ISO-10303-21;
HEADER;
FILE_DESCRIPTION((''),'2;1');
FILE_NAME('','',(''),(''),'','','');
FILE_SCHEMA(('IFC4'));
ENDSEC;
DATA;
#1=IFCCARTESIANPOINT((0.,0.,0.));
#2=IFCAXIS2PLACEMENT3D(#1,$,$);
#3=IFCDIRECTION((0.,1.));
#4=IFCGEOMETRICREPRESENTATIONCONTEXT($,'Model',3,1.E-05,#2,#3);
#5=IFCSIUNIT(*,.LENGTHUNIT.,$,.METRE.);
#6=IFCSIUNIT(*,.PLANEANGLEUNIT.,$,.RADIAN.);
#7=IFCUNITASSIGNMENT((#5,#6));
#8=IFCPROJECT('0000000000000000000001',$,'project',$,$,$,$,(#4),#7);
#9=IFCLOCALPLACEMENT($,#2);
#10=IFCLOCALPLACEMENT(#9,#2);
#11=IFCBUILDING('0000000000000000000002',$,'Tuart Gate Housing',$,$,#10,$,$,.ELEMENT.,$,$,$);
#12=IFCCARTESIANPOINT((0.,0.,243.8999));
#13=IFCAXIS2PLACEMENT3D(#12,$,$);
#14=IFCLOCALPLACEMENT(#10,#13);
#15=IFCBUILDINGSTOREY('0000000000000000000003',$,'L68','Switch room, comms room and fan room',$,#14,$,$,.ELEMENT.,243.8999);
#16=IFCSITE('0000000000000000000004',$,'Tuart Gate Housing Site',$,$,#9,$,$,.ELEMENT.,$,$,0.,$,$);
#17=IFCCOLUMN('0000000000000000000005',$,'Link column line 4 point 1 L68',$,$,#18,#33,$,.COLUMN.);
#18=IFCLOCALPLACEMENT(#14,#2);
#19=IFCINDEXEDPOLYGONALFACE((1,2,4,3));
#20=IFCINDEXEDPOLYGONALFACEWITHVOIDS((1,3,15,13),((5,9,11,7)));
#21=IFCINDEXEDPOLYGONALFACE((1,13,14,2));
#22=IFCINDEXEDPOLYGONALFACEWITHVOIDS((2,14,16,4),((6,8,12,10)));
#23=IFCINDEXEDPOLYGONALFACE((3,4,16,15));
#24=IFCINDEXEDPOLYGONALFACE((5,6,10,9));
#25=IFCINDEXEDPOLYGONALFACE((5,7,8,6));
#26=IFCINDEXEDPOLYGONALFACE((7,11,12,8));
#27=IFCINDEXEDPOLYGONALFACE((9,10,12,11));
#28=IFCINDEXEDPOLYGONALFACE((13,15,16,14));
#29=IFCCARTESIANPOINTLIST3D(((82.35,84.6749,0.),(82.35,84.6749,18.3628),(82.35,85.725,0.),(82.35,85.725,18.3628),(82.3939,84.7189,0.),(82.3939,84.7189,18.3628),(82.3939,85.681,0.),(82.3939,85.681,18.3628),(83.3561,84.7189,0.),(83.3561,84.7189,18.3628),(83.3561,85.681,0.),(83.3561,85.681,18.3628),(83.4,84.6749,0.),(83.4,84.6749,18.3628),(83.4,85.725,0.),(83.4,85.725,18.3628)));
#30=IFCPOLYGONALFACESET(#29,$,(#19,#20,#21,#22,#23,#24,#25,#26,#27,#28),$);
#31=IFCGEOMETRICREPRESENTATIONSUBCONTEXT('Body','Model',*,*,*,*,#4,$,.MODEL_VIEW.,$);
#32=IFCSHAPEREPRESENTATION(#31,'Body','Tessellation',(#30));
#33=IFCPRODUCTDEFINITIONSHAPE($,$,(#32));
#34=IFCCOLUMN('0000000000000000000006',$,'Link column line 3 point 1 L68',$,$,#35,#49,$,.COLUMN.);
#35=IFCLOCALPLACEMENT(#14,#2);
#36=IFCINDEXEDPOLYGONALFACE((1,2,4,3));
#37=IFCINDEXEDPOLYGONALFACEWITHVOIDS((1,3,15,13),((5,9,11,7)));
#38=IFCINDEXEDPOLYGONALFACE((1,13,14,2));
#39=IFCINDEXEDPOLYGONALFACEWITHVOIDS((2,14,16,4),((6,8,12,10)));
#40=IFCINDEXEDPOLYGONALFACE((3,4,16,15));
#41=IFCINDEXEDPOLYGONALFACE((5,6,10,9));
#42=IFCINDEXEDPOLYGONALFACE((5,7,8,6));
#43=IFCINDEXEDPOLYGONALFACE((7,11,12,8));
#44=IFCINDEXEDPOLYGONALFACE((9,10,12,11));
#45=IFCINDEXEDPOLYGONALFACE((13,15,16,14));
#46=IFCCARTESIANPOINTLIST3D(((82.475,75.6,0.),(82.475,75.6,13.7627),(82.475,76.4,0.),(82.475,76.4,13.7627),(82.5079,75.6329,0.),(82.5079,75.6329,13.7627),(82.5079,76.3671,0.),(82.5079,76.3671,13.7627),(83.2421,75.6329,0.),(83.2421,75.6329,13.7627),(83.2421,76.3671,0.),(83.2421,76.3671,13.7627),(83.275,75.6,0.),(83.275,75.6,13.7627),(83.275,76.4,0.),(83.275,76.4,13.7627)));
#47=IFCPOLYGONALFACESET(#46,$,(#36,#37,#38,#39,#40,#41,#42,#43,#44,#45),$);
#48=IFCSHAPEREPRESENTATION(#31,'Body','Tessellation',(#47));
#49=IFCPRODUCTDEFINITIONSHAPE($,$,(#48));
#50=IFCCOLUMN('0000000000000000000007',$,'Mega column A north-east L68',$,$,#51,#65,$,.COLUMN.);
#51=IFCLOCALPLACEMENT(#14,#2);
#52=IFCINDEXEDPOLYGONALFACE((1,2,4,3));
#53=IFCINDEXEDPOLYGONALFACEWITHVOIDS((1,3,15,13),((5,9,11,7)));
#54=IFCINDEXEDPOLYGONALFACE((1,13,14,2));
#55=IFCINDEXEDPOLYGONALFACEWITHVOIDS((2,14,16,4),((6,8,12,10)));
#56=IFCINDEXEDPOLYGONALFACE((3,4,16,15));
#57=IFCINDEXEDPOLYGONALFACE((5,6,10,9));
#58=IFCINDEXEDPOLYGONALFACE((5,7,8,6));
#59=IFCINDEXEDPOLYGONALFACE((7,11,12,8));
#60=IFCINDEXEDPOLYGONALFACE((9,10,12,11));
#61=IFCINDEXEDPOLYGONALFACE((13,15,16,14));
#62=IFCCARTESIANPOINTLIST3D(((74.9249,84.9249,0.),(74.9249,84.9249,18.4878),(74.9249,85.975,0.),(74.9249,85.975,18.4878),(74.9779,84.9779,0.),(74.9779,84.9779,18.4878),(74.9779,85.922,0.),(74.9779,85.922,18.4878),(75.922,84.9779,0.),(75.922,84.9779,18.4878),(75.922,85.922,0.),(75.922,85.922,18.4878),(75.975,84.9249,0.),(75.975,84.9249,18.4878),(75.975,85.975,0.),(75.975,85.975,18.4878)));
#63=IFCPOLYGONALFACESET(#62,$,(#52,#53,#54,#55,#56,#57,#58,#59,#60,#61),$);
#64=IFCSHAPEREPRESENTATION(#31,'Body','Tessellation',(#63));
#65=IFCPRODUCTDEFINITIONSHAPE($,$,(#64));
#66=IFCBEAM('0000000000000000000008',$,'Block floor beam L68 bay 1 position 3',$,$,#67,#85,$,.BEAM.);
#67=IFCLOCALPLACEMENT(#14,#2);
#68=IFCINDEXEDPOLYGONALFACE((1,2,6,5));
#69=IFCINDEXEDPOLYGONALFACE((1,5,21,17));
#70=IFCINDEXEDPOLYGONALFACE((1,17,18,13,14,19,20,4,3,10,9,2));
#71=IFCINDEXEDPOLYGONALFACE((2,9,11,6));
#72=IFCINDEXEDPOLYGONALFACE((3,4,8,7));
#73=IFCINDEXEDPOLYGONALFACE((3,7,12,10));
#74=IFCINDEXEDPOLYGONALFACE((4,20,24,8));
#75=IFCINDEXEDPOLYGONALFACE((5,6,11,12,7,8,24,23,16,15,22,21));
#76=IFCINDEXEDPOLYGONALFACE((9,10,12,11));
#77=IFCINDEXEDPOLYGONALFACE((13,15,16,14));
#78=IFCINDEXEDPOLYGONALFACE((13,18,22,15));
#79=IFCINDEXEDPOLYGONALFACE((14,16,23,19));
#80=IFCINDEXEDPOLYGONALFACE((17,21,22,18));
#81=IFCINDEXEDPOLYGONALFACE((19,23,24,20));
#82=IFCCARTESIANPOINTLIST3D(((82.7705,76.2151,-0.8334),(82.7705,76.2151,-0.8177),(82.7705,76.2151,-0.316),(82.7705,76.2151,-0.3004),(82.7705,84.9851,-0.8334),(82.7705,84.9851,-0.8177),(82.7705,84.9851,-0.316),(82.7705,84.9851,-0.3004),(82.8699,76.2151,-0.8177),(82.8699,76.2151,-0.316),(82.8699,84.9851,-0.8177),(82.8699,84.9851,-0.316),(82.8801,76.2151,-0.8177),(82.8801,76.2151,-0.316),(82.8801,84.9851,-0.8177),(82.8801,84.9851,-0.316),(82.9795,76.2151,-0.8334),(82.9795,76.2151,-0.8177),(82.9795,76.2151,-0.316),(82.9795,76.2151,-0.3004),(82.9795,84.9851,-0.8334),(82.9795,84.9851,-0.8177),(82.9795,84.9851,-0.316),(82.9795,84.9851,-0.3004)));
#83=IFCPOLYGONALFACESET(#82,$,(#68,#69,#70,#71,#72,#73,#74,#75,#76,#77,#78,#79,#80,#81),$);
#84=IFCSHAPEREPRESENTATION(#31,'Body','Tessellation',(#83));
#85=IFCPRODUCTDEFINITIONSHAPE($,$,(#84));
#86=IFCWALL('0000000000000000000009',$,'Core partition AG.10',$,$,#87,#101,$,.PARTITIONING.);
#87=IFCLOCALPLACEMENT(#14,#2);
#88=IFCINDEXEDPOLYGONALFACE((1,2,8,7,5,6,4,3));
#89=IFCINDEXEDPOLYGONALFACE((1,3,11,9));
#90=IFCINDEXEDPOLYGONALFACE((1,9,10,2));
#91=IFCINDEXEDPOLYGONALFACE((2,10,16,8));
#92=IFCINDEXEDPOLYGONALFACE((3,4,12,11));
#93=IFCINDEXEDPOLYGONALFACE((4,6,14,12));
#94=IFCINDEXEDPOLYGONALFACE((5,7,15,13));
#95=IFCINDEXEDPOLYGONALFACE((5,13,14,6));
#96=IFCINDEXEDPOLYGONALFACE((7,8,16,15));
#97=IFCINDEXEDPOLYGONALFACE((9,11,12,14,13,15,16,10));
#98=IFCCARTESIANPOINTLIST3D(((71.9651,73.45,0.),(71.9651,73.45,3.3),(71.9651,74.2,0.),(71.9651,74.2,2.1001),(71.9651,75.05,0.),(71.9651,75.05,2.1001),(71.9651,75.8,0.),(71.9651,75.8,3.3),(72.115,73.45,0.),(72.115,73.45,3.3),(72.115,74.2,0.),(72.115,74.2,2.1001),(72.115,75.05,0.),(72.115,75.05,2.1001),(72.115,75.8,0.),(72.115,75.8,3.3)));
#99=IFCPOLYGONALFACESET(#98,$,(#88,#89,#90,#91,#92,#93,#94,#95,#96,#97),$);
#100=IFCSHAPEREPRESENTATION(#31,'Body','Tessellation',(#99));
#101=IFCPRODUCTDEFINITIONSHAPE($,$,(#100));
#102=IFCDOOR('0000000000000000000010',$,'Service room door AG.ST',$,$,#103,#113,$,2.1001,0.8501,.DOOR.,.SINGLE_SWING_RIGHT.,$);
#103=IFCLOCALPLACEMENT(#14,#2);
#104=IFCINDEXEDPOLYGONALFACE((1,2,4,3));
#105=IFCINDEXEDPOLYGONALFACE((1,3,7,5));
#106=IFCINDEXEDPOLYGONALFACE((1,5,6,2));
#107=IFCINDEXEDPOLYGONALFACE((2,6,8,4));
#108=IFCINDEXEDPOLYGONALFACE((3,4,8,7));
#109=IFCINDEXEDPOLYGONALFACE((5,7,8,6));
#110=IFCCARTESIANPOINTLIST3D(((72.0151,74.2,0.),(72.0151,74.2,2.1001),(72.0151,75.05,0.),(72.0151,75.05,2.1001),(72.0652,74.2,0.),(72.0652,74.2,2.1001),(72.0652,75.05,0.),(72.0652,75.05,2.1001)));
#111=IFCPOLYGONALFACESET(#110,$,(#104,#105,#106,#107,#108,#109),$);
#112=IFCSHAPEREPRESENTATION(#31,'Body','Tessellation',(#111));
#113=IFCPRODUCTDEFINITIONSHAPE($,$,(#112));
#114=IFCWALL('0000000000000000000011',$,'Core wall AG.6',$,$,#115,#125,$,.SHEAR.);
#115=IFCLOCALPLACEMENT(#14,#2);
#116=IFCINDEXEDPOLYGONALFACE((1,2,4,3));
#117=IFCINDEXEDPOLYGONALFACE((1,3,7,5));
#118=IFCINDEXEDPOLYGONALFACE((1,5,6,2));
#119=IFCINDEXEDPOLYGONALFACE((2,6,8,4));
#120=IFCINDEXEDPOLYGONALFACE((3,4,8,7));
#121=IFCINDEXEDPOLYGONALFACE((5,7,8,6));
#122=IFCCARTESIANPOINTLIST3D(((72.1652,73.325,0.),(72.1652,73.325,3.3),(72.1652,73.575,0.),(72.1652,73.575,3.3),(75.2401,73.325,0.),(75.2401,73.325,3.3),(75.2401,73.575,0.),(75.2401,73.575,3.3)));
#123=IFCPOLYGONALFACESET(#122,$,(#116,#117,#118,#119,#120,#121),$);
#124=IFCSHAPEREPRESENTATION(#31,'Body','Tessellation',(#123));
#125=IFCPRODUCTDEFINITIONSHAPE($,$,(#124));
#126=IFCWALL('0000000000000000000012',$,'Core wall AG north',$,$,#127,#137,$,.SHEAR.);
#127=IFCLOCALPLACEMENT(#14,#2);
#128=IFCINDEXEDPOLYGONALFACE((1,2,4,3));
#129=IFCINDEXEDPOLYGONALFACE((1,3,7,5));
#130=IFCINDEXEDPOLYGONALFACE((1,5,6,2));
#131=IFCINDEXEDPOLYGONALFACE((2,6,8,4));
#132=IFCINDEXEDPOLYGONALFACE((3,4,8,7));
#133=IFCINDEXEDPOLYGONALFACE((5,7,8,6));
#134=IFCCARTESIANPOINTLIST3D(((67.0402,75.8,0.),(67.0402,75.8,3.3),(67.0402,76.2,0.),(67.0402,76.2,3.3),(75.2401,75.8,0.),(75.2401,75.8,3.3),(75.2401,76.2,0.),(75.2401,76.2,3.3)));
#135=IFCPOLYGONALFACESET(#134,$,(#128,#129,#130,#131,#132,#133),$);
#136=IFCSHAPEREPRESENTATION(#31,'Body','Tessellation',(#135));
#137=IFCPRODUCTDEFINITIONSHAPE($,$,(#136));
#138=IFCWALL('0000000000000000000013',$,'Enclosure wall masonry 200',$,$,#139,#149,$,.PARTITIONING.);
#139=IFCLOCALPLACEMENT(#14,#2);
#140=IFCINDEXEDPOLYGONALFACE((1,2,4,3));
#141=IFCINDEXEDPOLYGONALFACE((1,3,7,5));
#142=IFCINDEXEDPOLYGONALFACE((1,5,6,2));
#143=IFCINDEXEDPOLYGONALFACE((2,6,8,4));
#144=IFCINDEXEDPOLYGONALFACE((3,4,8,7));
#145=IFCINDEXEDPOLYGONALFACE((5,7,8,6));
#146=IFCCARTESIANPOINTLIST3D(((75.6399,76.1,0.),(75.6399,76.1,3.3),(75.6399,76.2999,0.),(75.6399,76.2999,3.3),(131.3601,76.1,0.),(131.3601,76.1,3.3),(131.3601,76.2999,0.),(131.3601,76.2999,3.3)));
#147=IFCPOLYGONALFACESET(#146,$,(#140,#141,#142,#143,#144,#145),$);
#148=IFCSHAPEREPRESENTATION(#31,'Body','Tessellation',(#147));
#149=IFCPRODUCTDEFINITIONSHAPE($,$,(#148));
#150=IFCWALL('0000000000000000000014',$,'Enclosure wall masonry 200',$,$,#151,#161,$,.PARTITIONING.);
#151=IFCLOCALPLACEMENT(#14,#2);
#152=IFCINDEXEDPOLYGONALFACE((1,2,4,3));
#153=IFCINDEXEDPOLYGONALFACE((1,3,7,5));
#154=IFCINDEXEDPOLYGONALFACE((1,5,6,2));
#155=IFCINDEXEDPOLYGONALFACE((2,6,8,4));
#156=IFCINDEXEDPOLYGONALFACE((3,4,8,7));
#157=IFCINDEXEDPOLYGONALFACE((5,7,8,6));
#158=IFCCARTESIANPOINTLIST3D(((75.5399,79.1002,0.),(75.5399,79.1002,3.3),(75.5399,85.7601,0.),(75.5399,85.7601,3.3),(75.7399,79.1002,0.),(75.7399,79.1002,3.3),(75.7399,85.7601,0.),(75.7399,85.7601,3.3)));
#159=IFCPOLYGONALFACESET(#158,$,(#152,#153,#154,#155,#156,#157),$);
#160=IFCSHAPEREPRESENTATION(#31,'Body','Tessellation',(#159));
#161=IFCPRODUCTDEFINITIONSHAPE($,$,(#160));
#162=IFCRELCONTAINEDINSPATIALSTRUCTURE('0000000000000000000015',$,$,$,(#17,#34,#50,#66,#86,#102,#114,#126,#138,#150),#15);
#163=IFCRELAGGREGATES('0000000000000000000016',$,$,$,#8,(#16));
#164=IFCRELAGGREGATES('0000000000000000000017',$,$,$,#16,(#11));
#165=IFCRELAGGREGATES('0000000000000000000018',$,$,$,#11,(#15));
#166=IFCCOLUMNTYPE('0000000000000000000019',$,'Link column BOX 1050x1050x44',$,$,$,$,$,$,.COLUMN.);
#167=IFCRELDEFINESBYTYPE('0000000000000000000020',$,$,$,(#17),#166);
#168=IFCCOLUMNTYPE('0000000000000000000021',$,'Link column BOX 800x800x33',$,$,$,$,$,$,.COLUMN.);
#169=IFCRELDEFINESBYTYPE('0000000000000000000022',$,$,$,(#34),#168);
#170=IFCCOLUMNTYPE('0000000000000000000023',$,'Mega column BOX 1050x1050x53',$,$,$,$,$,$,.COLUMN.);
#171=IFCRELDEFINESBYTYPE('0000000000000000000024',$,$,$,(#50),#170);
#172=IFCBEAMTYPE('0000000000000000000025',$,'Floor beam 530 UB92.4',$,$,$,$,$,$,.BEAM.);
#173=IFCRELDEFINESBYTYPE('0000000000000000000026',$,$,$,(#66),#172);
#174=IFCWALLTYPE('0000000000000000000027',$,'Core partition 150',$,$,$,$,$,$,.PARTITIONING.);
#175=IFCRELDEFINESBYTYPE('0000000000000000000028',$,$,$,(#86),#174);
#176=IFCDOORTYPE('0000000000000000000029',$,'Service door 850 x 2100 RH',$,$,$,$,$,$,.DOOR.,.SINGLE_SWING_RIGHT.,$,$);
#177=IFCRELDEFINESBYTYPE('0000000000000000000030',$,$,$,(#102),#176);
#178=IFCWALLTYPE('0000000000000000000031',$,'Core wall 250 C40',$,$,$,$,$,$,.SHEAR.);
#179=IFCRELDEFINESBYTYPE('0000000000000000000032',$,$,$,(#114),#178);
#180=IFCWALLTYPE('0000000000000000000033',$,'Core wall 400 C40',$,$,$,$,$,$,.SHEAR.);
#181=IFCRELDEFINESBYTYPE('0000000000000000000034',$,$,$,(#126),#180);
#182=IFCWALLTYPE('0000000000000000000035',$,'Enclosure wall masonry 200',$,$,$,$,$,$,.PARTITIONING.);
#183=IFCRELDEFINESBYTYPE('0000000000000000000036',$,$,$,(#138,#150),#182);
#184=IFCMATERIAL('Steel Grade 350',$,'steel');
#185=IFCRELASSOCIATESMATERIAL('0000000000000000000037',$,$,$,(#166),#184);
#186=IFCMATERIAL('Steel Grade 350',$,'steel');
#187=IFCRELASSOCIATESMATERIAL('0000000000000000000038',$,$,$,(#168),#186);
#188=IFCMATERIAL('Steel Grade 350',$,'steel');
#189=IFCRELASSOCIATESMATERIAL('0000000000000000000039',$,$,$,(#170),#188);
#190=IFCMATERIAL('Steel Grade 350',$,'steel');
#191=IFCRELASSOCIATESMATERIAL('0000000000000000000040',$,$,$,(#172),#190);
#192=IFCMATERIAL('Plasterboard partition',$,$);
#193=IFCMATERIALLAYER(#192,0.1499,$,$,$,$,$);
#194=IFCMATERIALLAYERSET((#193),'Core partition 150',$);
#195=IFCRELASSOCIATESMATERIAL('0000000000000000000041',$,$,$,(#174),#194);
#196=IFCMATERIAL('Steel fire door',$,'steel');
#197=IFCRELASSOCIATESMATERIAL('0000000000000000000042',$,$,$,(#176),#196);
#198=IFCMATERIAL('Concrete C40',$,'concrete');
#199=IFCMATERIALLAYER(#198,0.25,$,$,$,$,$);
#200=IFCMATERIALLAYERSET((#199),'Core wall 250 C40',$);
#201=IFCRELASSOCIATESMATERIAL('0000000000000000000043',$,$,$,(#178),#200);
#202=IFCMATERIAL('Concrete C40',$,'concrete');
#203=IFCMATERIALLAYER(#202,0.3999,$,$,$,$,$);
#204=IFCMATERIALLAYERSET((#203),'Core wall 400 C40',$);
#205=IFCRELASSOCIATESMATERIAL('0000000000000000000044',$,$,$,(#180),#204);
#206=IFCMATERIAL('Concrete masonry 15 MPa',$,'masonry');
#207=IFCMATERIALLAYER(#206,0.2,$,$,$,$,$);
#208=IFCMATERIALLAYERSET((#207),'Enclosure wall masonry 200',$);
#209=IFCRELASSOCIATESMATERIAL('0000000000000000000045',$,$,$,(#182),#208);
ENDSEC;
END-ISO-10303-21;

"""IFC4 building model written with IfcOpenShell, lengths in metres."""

from ifc_helpers import new_model, si_unit, direction, frame, frame_2d, origin, origin_2d, place, context, subcontext, project, spatial, rectangle, hollow_rectangle, i_section, extrude, material, layer, layer_set, material_profile, profile_set, type_object, element, fill, save


model = new_model("IFC4")

# Units and contexts
model_context = context("Model", 3, precision=1e-05, world=origin(), true_north=direction((0.0, 1.0)))
body_context = subcontext(model_context, "Body", "Model", "MODEL_VIEW")
ifc_project = project(units=[si_unit("LENGTHUNIT", "METRE"), si_unit("PLANEANGLEUNIT", "RADIAN")], contexts=[model_context])

# Site, building, storey
site_placement = place(None, origin())
site = spatial("IfcSite", under=ifc_project, at=site_placement, Name="Tuart Gate Housing Site", CompositionType="ELEMENT", RefElevation=0.0)
building_placement = place(site_placement, origin())
building = spatial("IfcBuilding", under=site, at=building_placement, Name="Tuart Gate Housing", CompositionType="ELEMENT")
storey_placement = place(building_placement, frame((0.0, 0.0, 243.8999)))
storey = spatial("IfcBuildingStorey", under=building, at=storey_placement, Name="L68", Description="Switch room, comms room and fan room", CompositionType="ELEMENT", Elevation=243.8999)

# Columns
ifc_material_1 = material(Name="Steel Grade 350", Category="steel")
ifc_material_profile_1 = material_profile(ifc_material_1, hollow_rectangle(XDim=1.05, YDim=1.05, WallThickness=0.0439, at=origin_2d()), Name="BOX 1050x1050x44")
ifc_profile_set_1 = profile_set([ifc_material_profile_1], Name="Steel Grade 350")
column_type_1 = type_object("IfcColumnType", Name="Link column BOX 1050x1050x44", PredefinedType="COLUMN", material=ifc_profile_set_1)
column_1_placement = place(storey_placement, frame((82.875, 85.2, 0.0), z_axis=(0.0, 0.0, 1.0), x_axis=(1.0, 0.0, 0.0)))
element("IfcColumn", 1, at=column_1_placement, inside=storey, type_object=column_type_1, Name="Link column line 4 point 1 L68", PredefinedType="COLUMN", context=body_context, shape_type="SweptSolid", body=[
    extrude(hollow_rectangle(XDim=1.05, YDim=1.05, WallThickness=0.0439, at=origin_2d()), origin(), (0.0, 0.0, 1.0), 18.3628),
])
ifc_material_2 = material(Name="Steel Grade 350", Category="steel")
ifc_material_profile_2 = material_profile(ifc_material_2, hollow_rectangle(XDim=0.8, YDim=0.8, WallThickness=0.033, at=origin_2d()), Name="BOX 800x800x33")
ifc_profile_set_2 = profile_set([ifc_material_profile_2], Name="Steel Grade 350")
column_type_2 = type_object("IfcColumnType", Name="Link column BOX 800x800x33", PredefinedType="COLUMN", material=ifc_profile_set_2)
column_2_placement = place(storey_placement, frame((82.875, 76.0, 0.0), z_axis=(0.0, 0.0, 1.0), x_axis=(1.0, 0.0, 0.0)))
element("IfcColumn", 2, at=column_2_placement, inside=storey, type_object=column_type_2, Name="Link column line 3 point 1 L68", PredefinedType="COLUMN", context=body_context, shape_type="SweptSolid", body=[
    extrude(hollow_rectangle(XDim=0.8, YDim=0.8, WallThickness=0.033, at=origin_2d()), origin(), (0.0, 0.0, 1.0), 13.7627),
])
ifc_material_3 = material(Name="Steel Grade 350", Category="steel")
ifc_material_profile_3 = material_profile(ifc_material_3, hollow_rectangle(XDim=1.05, YDim=1.05, WallThickness=0.053, at=origin_2d()), Name="BOX 1050x1050x53")
ifc_profile_set_3 = profile_set([ifc_material_profile_3], Name="Steel Grade 350")
column_type_3 = type_object("IfcColumnType", Name="Mega column BOX 1050x1050x53", PredefinedType="COLUMN", material=ifc_profile_set_3)
column_3_placement = place(storey_placement, frame((75.45, 85.45, 0.0), z_axis=(0.0, 0.0, 1.0), x_axis=(1.0, 0.0, 0.0)))
element("IfcColumn", 3, at=column_3_placement, inside=storey, type_object=column_type_3, Name="Mega column A north-east L68", PredefinedType="COLUMN", context=body_context, shape_type="SweptSolid", body=[
    extrude(hollow_rectangle(XDim=1.05, YDim=1.05, WallThickness=0.053, at=origin_2d()), origin(), (0.0, 0.0, 1.0), 18.4878),
])

# Beam
ifc_material_4 = material(Name="Steel Grade 350", Category="steel")
ifc_material_profile_4 = material_profile(ifc_material_4, i_section(OverallWidth=0.209, OverallDepth=0.533, WebThickness=0.0103, FlangeThickness=0.0156, at=origin_2d()), Name="530UB92.4")
ifc_profile_set_4 = profile_set([ifc_material_profile_4], Name="Steel Grade 350")
beam_type = type_object("IfcBeamType", Name="Floor beam 530 UB92.4", PredefinedType="BEAM", material=ifc_profile_set_4)
beam_placement = place(storey_placement, frame((82.875, 76.2151, -0.5669), z_axis=(0.0, 1.0, 0.0), x_axis=(-1.0, 0.0, 0.0)))
element("IfcBeam", 4, at=beam_placement, inside=storey, type_object=beam_type, Name="Block floor beam L68 bay 1 position 3", PredefinedType="BEAM", context=body_context, shape_type="SweptSolid", body=[
    extrude(i_section(OverallWidth=0.209, OverallDepth=0.533, WebThickness=0.0103, FlangeThickness=0.0156, at=origin_2d()), origin(), (0.0, 0.0, 1.0), 8.77),
])

# Wall, opening, door
ifc_material_5 = material(Name="Plasterboard partition")
ifc_layer_1 = layer(ifc_material_5, 0.1499)
ifc_layer_set_1 = layer_set([ifc_layer_1], Name="Core partition 150")
wall_type_1 = type_object("IfcWallType", Name="Core partition 150", PredefinedType="PARTITIONING", material=ifc_layer_set_1)
wall_1_placement = place(storey_placement, frame((72.04, 73.45, 0.0), z_axis=(0.0, 0.0, 1.0), x_axis=(0.0, 1.0, 0.0)))
wall_1 = element("IfcWall", 5, at=wall_1_placement, inside=storey, type_object=wall_type_1, Name="Core partition AG.10", PredefinedType="PARTITIONING", context=body_context, shape_type="SweptSolid", body=[
    extrude(rectangle(XDim=2.3501, YDim=0.1499, at=frame_2d((1.175, 0.0))), origin(), (0.0, 0.0, 1.0), 3.3),
])
opening_placement = place(wall_1_placement, frame((0.75, 0.0, 0.0)))
opening = element("IfcOpeningElement", 6, at=opening_placement, cuts=wall_1, PredefinedType="OPENING", context=body_context, shape_type="SweptSolid", body=[
    extrude(rectangle(XDim=0.8501, YDim=2.1001, at=frame_2d((0.425, 1.05))), frame((0.0, 0.085, 0.0), z_axis=(0.0, -1.0, 0.0), x_axis=(1.0, 0.0, 0.0)), (0.0, 0.0, 1.0), 0.1699),
])
ifc_material_6 = material(Name="Steel fire door", Category="steel")
door_type = type_object("IfcDoorType", Name="Service door 850 x 2100 RH", OperationType="SINGLE_SWING_RIGHT", PredefinedType="DOOR", material=ifc_material_6)
door_placement = place(opening_placement, frame((0.8501, 0.0, 0.0), z_axis=(0.0, 0.0, 1.0), x_axis=(-1.0, 0.0, 0.0)))
door = element("IfcDoor", 7, at=door_placement, inside=storey, type_object=door_type, Name="Service room door AG.ST", OperationType="SINGLE_SWING_RIGHT", OverallHeight=2.1001, OverallWidth=0.8501, PredefinedType="DOOR", context=body_context, shape_type="SweptSolid", body=[
    extrude(rectangle(XDim=0.8501, YDim=2.1001, at=frame_2d((0.425, 1.05))), frame((0.0, 0.0251, 0.0), z_axis=(0.0, -1.0, 0.0), x_axis=(1.0, 0.0, 0.0)), (0.0, 0.0, 1.0), 0.05),
])
fill(opening, door)

# Walls
ifc_material_7 = material(Name="Concrete C40", Category="concrete")
ifc_layer_2 = layer(ifc_material_7, 0.25)
ifc_layer_set_2 = layer_set([ifc_layer_2], Name="Core wall 250 C40")
wall_type_2 = type_object("IfcWallType", Name="Core wall 250 C40", PredefinedType="SHEAR", material=ifc_layer_set_2)
wall_2_placement = place(storey_placement, frame((72.165, 73.45, 0.0), z_axis=(0.0, 0.0, 1.0), x_axis=(1.0, 0.0, 0.0)))
element("IfcWall", 8, at=wall_2_placement, inside=storey, type_object=wall_type_2, Name="Core wall AG.6", PredefinedType="SHEAR", context=body_context, shape_type="SweptSolid", body=[
    extrude(rectangle(XDim=3.075, YDim=0.25, at=frame_2d((1.5376, 0.0))), origin(), (0.0, 0.0, 1.0), 3.3),
])
ifc_material_8 = material(Name="Concrete C40", Category="concrete")
ifc_layer_3 = layer(ifc_material_8, 0.3999)
ifc_layer_set_3 = layer_set([ifc_layer_3], Name="Core wall 400 C40")
wall_type_3 = type_object("IfcWallType", Name="Core wall 400 C40", PredefinedType="SHEAR", material=ifc_layer_set_3)
wall_3_placement = place(storey_placement, frame((67.04, 76.0, 0.0), z_axis=(0.0, 0.0, 1.0), x_axis=(1.0, 0.0, 0.0)))
element("IfcWall", 9, at=wall_3_placement, inside=storey, type_object=wall_type_3, Name="Core wall AG north", PredefinedType="SHEAR", context=body_context, shape_type="SweptSolid", body=[
    extrude(rectangle(XDim=8.2, YDim=0.3999, at=frame_2d((4.1001, 0.0))), origin(), (0.0, 0.0, 1.0), 3.3),
])
ifc_material_9 = material(Name="Concrete masonry 15 MPa", Category="masonry")
ifc_layer_4 = layer(ifc_material_9, 0.2)
ifc_layer_set_4 = layer_set([ifc_layer_4], Name="Enclosure wall masonry 200")
wall_type_4 = type_object("IfcWallType", Name="Enclosure wall masonry 200", PredefinedType="PARTITIONING", material=ifc_layer_set_4)
wall_4_placement = place(storey_placement, frame((75.6399, 76.2, 0.0), z_axis=(0.0, 0.0, 1.0), x_axis=(1.0, 0.0, 0.0)))
element("IfcWall", 10, at=wall_4_placement, inside=storey, type_object=wall_type_4, Name="Enclosure wall masonry 200", PredefinedType="PARTITIONING", context=body_context, shape_type="SweptSolid", body=[
    extrude(rectangle(XDim=55.7202, YDim=0.2, at=frame_2d((27.8601, 0.0))), origin(), (0.0, 0.0, 1.0), 3.3),
])
wall_5_placement = place(storey_placement, frame((75.6399, 79.1001, 0.0), z_axis=(0.0, 0.0, 1.0), x_axis=(0.0, 1.0, 0.0)))
element("IfcWall", 11, at=wall_5_placement, inside=storey, type_object=wall_type_4, Name="Enclosure wall masonry 200", PredefinedType="PARTITIONING", context=body_context, shape_type="SweptSolid", body=[
    extrude(rectangle(XDim=6.6599, YDim=0.2, at=frame_2d((3.3301, 0.0))), origin(), (0.0, 0.0, 1.0), 3.3),
])

save(model, "model.ifc")
